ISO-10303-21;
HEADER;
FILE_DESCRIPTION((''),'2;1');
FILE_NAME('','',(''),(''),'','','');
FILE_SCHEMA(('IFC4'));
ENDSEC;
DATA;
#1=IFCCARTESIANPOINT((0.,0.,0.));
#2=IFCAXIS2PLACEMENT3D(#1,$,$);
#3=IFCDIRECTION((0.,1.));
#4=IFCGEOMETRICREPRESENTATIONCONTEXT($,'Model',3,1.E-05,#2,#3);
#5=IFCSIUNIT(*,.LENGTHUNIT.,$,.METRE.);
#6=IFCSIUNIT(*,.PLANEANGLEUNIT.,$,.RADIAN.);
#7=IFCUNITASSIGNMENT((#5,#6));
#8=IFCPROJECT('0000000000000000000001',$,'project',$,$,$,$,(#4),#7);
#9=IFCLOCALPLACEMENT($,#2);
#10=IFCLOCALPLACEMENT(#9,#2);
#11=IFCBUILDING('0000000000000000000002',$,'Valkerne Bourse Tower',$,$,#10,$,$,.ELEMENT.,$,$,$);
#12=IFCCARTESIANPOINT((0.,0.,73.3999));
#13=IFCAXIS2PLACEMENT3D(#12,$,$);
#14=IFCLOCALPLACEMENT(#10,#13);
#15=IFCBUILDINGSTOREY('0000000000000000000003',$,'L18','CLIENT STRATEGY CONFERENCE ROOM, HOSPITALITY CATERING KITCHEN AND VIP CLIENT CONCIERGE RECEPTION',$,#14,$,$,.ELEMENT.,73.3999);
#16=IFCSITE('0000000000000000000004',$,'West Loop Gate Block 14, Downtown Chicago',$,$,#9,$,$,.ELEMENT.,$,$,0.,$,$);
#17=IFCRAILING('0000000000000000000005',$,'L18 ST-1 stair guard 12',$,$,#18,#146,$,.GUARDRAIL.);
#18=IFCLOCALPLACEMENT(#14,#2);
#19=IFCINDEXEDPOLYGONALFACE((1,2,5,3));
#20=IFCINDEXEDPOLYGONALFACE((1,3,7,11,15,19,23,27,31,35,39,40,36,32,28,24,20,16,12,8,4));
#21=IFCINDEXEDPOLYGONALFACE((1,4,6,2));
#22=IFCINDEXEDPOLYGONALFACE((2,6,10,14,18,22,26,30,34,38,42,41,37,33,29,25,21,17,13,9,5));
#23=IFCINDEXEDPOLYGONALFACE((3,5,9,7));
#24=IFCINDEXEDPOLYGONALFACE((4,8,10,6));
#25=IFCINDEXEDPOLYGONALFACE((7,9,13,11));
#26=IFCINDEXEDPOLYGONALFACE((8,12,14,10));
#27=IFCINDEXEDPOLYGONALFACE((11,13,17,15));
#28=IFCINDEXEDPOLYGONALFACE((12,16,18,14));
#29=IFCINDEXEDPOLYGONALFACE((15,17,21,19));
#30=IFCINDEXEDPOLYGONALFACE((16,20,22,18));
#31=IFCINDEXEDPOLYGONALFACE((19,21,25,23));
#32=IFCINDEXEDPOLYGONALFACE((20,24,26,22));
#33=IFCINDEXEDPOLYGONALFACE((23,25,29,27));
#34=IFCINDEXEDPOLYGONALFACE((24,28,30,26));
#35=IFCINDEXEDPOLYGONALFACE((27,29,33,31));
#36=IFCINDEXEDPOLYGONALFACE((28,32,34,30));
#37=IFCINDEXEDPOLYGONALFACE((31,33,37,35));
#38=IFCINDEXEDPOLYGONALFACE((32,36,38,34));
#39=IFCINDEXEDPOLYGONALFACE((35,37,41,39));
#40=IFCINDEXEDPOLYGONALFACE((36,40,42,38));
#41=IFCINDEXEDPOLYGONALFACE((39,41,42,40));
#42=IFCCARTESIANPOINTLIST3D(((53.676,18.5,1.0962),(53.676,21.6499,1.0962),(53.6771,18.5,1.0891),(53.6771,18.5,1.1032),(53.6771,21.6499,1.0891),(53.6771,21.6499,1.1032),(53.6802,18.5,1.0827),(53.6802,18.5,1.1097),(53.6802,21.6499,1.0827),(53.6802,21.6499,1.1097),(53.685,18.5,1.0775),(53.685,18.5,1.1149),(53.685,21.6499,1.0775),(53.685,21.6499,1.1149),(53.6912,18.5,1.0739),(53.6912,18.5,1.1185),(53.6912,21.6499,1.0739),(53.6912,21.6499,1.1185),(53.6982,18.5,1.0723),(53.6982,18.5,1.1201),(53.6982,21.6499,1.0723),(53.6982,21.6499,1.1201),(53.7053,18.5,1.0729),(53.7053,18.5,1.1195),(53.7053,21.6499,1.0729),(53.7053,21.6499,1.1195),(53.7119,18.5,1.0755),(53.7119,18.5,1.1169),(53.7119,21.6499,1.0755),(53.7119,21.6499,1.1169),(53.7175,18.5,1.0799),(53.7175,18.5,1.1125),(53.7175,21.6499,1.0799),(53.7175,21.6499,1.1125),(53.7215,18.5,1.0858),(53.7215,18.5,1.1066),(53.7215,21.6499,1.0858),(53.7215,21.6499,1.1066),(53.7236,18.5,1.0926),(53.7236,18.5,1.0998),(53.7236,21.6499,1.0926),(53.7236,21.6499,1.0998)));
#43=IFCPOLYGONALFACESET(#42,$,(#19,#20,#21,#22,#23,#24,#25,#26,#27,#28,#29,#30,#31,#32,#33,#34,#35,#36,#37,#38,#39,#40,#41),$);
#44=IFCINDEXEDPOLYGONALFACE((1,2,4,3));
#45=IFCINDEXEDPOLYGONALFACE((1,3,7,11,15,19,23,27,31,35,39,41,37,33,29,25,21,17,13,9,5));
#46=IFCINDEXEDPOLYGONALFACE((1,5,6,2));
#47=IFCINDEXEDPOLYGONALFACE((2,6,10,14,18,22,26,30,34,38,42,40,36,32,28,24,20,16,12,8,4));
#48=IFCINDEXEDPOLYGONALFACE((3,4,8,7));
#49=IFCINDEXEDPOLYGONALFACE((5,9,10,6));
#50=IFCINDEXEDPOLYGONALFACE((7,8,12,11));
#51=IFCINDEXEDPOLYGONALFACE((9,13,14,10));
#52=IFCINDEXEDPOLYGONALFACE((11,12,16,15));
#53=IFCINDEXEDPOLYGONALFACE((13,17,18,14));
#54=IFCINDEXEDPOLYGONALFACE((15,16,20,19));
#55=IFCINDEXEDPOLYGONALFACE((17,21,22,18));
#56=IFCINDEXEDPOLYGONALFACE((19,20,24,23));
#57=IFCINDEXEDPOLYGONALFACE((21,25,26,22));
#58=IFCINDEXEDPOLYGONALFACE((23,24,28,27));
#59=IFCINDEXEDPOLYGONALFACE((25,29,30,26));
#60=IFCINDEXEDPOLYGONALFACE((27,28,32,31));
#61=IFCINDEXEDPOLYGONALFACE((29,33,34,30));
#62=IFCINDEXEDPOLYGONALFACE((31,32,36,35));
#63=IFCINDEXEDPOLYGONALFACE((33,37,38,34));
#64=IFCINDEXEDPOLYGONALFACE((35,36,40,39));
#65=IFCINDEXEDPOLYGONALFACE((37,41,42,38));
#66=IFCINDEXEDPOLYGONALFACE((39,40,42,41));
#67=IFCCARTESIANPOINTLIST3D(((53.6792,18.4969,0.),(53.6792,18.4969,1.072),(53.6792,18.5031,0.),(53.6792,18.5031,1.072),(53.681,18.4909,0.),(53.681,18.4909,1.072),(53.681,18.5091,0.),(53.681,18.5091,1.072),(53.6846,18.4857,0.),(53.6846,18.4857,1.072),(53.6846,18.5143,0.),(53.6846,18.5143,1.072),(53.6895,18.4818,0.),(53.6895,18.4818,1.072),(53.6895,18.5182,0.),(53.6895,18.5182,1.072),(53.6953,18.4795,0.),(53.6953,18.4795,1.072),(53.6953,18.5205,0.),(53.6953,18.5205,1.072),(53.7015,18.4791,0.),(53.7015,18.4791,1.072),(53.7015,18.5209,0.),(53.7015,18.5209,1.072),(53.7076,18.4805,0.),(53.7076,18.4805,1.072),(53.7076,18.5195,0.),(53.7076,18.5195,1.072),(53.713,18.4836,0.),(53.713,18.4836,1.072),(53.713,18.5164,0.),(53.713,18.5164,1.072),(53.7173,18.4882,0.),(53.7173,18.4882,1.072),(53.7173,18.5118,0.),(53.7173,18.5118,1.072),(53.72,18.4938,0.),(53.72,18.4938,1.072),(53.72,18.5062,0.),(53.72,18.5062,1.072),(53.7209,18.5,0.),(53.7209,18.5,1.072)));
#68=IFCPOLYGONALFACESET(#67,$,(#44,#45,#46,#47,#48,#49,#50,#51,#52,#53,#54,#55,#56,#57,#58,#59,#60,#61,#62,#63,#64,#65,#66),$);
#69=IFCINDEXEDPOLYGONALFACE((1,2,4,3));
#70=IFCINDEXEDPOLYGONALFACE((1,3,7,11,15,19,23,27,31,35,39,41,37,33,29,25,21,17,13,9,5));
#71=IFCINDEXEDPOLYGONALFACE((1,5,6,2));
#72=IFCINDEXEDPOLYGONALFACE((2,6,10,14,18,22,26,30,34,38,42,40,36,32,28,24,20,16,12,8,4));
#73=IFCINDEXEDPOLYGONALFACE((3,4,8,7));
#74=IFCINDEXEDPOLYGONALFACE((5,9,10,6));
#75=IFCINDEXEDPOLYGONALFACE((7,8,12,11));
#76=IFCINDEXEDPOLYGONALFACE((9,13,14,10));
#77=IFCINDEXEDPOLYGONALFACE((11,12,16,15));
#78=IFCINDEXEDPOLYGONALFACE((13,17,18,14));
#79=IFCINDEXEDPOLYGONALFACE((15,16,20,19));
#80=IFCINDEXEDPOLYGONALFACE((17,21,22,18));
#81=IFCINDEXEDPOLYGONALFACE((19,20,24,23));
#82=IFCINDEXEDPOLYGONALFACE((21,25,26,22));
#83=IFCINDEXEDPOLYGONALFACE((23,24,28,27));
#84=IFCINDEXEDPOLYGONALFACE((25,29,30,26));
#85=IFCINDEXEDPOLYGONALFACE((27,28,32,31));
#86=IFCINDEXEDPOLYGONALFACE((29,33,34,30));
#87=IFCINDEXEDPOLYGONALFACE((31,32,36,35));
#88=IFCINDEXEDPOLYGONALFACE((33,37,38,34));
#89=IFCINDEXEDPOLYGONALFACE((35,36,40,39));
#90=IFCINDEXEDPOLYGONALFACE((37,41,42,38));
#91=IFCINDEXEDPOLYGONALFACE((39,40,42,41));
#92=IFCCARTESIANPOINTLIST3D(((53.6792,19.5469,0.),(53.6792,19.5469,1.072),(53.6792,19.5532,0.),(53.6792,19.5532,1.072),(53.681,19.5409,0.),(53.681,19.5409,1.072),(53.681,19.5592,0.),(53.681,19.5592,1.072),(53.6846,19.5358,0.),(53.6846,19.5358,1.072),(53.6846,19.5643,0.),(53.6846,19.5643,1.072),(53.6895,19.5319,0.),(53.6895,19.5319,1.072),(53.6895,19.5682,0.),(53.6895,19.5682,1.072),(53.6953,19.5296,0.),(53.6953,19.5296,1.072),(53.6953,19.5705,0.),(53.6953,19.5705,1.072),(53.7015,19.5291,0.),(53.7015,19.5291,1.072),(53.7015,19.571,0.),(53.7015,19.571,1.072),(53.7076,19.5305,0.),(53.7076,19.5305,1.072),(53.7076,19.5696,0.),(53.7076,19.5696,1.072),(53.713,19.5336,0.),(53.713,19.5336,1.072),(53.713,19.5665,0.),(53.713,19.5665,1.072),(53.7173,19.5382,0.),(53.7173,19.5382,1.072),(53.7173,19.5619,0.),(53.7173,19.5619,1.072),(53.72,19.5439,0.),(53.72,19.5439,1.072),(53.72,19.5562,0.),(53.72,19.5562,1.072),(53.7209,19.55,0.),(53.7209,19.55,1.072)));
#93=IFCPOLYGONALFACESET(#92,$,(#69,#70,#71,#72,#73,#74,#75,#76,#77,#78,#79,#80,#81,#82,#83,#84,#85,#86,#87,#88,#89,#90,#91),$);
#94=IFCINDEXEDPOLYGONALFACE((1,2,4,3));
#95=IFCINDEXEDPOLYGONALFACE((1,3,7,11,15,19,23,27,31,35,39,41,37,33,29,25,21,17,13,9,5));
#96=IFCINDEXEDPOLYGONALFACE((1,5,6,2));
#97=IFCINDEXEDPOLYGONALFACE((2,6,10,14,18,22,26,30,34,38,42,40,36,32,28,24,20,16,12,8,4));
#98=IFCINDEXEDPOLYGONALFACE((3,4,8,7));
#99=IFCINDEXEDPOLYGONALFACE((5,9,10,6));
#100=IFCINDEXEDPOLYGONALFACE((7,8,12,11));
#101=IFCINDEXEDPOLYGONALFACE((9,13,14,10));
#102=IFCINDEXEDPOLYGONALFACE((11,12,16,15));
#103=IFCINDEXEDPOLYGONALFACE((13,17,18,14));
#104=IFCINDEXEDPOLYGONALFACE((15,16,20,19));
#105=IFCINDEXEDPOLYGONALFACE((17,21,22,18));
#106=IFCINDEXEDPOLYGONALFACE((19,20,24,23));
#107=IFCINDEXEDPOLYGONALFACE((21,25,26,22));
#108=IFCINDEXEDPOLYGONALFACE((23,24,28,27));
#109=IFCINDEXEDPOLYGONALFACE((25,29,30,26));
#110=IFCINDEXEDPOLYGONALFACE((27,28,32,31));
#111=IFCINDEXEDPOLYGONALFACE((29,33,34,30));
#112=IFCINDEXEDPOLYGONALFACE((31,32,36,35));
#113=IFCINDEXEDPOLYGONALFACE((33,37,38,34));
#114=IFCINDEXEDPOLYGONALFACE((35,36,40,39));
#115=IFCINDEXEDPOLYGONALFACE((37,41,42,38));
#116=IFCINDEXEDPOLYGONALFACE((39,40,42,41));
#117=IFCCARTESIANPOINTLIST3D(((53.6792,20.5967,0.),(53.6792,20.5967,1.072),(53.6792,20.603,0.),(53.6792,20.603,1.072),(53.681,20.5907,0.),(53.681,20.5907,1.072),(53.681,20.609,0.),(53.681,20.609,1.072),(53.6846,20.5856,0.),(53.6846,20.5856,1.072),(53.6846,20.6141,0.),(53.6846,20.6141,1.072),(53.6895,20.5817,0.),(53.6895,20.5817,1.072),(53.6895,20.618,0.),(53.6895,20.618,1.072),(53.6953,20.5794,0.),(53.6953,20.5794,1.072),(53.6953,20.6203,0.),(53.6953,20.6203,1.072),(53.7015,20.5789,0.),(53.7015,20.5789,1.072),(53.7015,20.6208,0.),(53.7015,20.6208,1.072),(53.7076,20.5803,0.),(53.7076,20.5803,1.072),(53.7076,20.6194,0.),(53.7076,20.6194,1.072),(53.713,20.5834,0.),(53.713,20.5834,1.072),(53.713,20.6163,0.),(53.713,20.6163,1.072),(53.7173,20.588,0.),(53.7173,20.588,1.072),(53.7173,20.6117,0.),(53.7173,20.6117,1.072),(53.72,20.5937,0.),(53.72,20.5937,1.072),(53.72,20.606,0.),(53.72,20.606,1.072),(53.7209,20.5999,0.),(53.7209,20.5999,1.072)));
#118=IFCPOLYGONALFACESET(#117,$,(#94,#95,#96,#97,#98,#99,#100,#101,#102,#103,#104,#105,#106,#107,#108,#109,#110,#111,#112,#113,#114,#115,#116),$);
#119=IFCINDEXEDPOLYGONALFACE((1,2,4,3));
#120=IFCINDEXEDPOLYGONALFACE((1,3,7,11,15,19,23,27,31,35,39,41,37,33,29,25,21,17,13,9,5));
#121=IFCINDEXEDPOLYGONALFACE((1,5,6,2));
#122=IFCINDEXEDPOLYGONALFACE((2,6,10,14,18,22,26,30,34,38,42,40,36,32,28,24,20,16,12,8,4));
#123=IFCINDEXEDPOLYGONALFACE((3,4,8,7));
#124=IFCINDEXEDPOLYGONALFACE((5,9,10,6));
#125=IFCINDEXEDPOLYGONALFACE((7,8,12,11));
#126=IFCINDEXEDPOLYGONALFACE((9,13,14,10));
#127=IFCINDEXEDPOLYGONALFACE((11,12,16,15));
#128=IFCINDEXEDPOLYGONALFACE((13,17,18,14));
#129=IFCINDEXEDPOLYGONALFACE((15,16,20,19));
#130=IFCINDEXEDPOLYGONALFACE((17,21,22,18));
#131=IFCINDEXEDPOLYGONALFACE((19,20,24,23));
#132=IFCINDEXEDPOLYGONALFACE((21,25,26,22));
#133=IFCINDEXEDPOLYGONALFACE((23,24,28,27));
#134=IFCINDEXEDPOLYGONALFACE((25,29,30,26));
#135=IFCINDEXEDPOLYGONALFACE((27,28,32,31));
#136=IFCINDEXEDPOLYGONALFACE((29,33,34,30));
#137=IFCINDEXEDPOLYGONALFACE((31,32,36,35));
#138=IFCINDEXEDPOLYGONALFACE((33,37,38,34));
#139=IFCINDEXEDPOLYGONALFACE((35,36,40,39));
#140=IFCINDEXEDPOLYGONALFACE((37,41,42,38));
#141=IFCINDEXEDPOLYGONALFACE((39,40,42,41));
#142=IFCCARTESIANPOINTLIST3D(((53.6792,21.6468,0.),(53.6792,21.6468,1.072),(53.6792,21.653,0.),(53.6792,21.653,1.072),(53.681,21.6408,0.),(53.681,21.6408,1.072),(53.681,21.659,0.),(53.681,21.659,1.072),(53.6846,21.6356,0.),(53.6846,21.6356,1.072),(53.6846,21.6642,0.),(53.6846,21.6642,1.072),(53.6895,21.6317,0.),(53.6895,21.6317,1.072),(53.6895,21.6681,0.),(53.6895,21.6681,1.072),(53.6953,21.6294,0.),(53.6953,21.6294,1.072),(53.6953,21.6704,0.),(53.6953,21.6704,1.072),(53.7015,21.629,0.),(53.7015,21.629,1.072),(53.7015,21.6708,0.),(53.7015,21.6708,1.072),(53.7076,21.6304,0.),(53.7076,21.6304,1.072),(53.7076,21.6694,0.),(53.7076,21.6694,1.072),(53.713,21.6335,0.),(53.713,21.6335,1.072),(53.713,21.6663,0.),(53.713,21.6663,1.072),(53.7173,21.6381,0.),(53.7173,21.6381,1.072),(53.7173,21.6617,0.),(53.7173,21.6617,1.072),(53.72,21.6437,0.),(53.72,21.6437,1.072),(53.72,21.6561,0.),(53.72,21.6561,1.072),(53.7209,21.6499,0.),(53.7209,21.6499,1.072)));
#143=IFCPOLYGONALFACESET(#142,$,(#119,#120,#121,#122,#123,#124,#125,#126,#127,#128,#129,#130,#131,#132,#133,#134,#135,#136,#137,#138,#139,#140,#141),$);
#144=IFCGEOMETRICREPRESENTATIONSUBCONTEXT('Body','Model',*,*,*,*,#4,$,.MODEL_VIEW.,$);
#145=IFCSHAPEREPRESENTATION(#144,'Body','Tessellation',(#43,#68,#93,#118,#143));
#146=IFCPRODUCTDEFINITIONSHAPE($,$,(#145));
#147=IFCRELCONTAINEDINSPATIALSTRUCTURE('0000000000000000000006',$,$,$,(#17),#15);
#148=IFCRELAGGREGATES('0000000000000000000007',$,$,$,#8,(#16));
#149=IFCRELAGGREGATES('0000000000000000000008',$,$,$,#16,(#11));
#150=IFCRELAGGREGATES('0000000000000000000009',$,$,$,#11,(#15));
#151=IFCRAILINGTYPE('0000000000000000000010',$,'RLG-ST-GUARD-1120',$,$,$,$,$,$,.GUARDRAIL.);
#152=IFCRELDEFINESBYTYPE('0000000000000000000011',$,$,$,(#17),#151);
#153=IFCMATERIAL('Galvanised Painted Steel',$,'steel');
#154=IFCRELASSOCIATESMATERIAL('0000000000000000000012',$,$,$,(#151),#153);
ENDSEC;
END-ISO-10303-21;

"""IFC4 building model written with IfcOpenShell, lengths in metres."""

from ifc_helpers import new_model, si_unit, direction, frame, origin, origin_2d, place, context, subcontext, project, spatial, circle, extrude, material, type_object, element, save


model = new_model("IFC4")

# Units and contexts
model_context = context("Model", 3, precision=1e-05, world=origin(), true_north=direction((0.0, 1.0)))
body_context = subcontext(model_context, "Body", "Model", "MODEL_VIEW")
ifc_project = project(units=[si_unit("LENGTHUNIT", "METRE"), si_unit("PLANEANGLEUNIT", "RADIAN")], contexts=[model_context])

# Site, building, storey
site_placement = place(None, origin())
site = spatial("IfcSite", under=ifc_project, at=site_placement, Name="West Loop Gate Block 14, Downtown Chicago", CompositionType="ELEMENT", RefElevation=0.0)
building_placement = place(site_placement, origin())
building = spatial("IfcBuilding", under=site, at=building_placement, Name="Valkerne Bourse Tower", CompositionType="ELEMENT")
storey_placement = place(building_placement, frame((0.0, 0.0, 73.3999)))
storey = spatial("IfcBuildingStorey", under=building, at=storey_placement, Name="L18", Description="CLIENT STRATEGY CONFERENCE ROOM, HOSPITALITY CATERING KITCHEN AND VIP CLIENT CONCIERGE RECEPTION", CompositionType="ELEMENT", Elevation=73.3999)

# Shared definitions
ifc_material_1 = material(Name="Galvanised Painted Steel", Category="steel")

# Railing
railing_type = type_object("IfcRailingType", Name="RLG-ST-GUARD-1120", PredefinedType="GUARDRAIL", material=ifc_material_1)
railing_1_placement = place(storey_placement, frame((53.7, 18.5, 0.0)))
element("IfcRailing", 1, at=railing_1_placement, inside=storey, type_object=railing_type, Name="L18 ST-1 stair guard 12", PredefinedType="GUARDRAIL", context=body_context, shape_type="SweptSolid", body=[
    extrude(circle(Radius=0.0239, at=origin_2d()), frame((0.0, 0.0, 1.0962), z_axis=(0.0, 1.0, 0.0), x_axis=(-1.0, 0.0, 0.0)), (0.0, 0.0, 1.0), 3.1499),
    extrude(circle(Radius=0.021, at=origin_2d()), origin(), (0.0, 0.0, 1.0), 1.072),
    extrude(circle(Radius=0.021, at=origin_2d()), frame((0.0, 1.05, 0.0)), (0.0, 0.0, 1.0), 1.072),
    extrude(circle(Radius=0.021, at=origin_2d()), frame((0.0, 2.0999, 0.0)), (0.0, 0.0, 1.0), 1.072),
    extrude(circle(Radius=0.021, at=origin_2d()), frame((0.0, 3.1499, 0.0)), (0.0, 0.0, 1.0), 1.072),
])

save(model, "model.ifc")
